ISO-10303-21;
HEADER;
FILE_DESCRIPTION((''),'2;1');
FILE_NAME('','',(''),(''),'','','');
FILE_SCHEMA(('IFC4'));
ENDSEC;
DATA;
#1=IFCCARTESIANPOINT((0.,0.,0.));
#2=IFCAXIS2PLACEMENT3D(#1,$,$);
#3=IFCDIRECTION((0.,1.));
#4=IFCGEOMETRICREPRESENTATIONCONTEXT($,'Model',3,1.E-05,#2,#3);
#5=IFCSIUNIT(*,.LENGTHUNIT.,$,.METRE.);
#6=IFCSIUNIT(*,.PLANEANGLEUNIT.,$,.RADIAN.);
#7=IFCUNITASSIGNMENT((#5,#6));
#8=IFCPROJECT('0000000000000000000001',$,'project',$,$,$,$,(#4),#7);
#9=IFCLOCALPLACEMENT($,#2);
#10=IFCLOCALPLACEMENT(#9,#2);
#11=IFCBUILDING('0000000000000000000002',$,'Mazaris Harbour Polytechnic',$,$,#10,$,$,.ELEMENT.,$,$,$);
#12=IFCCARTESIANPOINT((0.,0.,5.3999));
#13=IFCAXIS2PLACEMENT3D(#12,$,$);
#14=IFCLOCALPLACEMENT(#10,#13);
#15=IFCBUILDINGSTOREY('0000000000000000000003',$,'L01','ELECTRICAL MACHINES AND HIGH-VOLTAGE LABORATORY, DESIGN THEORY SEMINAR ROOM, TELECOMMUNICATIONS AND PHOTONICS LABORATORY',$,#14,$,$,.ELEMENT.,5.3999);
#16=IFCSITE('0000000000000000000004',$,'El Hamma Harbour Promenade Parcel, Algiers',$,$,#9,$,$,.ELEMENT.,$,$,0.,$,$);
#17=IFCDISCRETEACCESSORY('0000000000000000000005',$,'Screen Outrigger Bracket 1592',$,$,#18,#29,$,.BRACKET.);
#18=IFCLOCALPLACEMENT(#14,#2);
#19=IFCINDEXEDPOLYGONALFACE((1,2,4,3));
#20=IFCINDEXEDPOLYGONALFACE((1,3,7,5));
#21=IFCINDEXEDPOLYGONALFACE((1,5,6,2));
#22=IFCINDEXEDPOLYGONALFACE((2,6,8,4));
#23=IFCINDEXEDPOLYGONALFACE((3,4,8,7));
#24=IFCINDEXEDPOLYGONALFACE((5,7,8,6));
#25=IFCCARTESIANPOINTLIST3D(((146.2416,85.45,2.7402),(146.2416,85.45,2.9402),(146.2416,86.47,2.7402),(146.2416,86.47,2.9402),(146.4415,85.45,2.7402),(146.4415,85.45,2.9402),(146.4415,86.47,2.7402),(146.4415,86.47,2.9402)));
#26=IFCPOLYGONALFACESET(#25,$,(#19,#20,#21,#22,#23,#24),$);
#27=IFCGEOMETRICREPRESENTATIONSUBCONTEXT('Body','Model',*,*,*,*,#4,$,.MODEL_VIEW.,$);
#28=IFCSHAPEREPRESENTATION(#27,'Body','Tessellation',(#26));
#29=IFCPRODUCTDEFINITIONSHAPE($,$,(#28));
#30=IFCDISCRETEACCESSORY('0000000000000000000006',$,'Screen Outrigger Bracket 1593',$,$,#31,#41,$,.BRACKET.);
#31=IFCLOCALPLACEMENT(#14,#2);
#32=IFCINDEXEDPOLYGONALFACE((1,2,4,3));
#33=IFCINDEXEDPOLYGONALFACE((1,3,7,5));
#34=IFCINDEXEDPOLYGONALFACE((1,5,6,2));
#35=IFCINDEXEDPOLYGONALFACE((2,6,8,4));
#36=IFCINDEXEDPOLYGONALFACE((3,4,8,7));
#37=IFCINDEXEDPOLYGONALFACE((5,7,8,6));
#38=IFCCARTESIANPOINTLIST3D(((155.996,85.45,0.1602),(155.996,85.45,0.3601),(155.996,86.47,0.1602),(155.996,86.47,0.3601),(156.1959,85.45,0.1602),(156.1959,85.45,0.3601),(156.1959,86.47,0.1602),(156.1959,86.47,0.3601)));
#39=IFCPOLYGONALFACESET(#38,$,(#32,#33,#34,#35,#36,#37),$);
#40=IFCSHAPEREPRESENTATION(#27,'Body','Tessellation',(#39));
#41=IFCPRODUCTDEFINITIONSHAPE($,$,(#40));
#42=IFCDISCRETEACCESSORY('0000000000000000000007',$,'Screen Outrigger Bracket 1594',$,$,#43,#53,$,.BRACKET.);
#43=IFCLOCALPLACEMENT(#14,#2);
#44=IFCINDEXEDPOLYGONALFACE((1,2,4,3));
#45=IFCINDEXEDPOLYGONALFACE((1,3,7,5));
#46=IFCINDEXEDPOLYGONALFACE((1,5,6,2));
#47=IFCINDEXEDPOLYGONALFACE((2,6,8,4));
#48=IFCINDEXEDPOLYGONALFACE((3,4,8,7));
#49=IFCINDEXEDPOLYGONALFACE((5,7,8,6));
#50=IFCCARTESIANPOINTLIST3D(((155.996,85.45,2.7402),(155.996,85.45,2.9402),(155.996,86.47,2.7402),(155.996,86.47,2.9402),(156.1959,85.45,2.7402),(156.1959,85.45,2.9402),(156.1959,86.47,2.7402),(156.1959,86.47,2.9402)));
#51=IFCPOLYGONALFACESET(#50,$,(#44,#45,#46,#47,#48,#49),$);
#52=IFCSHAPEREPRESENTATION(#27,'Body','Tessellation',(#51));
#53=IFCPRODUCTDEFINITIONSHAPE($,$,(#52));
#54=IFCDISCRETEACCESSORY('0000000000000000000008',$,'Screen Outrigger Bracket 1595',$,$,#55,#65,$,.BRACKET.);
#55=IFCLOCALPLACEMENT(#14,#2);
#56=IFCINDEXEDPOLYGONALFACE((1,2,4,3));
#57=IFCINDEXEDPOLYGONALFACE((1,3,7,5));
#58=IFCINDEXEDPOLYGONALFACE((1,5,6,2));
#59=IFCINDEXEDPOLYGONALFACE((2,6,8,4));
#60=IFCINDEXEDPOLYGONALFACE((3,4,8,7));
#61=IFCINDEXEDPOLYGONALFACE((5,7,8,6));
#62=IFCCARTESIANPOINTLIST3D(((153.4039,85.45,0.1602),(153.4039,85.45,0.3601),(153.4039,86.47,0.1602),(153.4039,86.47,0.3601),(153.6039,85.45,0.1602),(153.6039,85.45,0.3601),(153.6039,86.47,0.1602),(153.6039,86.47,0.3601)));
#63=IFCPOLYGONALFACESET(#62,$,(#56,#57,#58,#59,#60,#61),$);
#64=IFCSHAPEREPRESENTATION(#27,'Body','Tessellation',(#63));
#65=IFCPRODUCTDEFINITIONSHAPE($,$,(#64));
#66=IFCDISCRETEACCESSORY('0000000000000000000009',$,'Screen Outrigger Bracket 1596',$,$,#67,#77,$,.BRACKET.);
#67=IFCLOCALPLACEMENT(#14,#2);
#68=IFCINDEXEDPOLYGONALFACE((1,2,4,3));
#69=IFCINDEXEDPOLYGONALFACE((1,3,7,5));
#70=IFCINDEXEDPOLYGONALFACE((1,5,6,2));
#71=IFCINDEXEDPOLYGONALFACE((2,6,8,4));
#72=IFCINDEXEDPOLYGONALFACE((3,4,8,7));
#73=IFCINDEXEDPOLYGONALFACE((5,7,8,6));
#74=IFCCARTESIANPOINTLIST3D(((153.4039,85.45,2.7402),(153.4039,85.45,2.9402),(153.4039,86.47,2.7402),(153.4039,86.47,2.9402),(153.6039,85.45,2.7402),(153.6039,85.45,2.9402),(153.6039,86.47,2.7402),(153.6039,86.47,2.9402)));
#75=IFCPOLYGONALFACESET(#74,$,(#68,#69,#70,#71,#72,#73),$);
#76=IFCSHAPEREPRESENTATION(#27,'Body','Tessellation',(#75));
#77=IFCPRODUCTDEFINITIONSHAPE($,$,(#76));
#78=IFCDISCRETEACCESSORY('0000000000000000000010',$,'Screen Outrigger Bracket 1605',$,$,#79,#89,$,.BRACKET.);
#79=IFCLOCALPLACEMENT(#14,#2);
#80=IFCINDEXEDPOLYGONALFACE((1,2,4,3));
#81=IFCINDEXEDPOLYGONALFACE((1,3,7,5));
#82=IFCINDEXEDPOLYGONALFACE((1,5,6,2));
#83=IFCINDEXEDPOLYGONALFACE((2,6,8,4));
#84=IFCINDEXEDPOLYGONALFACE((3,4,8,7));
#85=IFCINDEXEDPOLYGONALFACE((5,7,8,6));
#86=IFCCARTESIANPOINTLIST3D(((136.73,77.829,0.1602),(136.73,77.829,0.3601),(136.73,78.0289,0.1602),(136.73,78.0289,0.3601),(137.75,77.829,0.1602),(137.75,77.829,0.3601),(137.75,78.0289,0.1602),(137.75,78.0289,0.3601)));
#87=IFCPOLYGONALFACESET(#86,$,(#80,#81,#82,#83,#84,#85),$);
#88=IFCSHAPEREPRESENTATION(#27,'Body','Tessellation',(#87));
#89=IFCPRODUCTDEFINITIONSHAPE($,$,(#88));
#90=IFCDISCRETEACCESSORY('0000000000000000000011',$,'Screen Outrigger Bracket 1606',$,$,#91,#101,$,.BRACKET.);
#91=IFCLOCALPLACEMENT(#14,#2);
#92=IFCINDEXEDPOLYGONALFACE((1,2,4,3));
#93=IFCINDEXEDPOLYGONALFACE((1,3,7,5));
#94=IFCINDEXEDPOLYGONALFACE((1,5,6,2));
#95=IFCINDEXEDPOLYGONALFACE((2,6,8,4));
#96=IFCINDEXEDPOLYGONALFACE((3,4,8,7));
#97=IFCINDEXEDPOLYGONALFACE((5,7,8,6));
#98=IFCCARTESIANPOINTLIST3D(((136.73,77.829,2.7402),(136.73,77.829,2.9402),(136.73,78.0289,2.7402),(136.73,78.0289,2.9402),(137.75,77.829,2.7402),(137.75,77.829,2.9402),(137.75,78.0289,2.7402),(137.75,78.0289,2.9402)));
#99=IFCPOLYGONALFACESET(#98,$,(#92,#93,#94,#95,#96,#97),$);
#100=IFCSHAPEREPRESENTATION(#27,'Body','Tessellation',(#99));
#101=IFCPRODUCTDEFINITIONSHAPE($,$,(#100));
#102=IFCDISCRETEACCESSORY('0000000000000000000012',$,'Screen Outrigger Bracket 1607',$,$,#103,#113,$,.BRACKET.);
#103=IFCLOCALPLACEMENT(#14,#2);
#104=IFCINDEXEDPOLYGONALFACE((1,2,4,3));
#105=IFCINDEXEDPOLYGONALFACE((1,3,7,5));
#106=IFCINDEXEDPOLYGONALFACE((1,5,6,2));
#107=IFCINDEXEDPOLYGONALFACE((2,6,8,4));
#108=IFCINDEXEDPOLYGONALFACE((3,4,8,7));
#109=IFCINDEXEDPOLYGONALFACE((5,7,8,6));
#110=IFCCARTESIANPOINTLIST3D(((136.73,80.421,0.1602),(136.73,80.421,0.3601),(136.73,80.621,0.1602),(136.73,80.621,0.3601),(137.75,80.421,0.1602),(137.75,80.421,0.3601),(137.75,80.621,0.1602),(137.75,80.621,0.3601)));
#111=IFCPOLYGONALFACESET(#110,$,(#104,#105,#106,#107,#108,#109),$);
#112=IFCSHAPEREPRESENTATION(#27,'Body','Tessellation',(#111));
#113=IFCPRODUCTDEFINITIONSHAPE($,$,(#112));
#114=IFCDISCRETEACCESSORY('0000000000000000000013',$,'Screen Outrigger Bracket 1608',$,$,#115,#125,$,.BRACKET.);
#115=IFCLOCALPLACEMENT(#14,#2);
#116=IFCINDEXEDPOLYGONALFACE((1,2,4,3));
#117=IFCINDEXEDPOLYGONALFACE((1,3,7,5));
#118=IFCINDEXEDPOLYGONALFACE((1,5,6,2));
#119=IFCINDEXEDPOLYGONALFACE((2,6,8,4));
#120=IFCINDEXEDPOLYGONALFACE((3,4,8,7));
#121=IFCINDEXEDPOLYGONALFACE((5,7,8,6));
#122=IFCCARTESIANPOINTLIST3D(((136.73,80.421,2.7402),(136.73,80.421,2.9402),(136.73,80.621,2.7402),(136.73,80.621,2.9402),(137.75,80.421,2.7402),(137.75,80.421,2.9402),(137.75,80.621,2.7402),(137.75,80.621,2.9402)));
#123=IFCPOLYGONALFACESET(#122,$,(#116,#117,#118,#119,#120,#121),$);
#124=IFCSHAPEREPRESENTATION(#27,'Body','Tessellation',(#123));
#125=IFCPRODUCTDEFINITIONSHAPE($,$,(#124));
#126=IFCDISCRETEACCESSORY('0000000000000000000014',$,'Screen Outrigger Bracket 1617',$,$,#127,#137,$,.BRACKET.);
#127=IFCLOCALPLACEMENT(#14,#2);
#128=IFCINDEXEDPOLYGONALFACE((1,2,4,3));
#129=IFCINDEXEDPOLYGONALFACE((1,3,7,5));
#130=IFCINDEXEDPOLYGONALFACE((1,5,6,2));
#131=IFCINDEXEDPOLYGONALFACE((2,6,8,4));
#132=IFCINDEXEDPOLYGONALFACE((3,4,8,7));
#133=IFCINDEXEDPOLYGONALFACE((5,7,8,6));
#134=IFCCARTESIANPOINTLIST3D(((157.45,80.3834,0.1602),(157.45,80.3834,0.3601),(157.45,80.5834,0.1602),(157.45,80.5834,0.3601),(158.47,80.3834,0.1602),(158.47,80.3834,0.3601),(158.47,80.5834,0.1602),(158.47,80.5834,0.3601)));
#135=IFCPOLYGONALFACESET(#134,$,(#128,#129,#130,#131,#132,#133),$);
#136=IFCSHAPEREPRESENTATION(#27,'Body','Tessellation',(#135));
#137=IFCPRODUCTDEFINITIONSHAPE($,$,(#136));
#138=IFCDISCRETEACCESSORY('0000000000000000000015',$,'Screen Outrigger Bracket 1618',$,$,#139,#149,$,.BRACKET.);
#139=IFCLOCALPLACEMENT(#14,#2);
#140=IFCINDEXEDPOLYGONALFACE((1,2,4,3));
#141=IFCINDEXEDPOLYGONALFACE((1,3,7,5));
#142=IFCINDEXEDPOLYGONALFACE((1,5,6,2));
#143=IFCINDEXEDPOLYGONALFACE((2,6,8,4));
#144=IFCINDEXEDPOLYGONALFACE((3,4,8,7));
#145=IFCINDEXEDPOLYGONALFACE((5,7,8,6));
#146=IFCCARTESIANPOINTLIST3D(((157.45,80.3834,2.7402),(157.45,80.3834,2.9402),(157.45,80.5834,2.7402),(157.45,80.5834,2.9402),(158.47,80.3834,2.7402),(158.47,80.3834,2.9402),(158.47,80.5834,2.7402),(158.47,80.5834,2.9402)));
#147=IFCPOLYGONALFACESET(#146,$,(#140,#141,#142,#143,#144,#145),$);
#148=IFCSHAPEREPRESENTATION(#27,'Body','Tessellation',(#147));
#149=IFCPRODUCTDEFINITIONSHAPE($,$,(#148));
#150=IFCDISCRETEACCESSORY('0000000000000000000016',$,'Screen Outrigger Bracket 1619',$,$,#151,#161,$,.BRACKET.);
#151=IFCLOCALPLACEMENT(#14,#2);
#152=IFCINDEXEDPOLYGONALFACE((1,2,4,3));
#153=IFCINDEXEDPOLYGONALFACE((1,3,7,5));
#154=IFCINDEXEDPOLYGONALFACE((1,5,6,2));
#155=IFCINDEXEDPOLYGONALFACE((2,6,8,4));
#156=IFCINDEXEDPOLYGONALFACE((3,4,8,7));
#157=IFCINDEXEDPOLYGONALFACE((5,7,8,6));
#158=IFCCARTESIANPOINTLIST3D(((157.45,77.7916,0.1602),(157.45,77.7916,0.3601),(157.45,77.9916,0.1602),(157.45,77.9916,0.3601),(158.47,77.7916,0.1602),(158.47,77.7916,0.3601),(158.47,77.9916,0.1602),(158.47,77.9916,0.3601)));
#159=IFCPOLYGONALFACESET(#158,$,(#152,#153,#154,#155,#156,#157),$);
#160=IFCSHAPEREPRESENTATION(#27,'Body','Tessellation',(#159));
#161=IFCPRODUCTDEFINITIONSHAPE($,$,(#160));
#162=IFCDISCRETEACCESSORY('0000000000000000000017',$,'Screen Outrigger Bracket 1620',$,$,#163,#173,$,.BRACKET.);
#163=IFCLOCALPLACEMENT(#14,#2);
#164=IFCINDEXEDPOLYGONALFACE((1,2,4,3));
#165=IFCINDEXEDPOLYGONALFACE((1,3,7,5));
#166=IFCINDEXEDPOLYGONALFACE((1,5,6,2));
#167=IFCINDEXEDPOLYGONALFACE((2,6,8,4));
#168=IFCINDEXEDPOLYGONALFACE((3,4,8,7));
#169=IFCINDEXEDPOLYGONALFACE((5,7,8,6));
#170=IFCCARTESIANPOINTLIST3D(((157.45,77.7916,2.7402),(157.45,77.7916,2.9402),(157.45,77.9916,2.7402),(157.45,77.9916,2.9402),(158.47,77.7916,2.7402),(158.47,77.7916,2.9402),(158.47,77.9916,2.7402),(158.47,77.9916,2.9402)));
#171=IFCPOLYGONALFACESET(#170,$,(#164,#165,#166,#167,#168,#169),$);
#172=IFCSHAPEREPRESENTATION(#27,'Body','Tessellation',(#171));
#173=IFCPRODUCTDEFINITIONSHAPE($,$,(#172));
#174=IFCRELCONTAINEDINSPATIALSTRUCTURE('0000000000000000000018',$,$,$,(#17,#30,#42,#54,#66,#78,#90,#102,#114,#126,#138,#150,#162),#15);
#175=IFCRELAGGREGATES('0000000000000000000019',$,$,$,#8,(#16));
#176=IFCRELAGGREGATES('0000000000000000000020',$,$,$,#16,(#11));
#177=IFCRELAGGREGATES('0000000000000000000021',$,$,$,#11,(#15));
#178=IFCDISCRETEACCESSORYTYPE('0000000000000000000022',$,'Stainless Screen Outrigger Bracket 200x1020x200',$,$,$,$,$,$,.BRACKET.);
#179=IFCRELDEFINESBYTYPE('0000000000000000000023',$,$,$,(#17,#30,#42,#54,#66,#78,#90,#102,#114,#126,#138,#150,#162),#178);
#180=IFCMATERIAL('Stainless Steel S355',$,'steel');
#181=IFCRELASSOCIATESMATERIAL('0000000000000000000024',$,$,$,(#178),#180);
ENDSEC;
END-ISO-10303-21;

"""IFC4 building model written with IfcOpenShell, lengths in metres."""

from ifc_helpers import new_model, si_unit, direction, frame, origin, origin_2d, place, context, subcontext, project, spatial, rectangle, extrude, material, type_object, element, save


model = new_model("IFC4")

# Units and contexts
model_context = context("Model", 3, precision=1e-05, world=origin(), true_north=direction((0.0, 1.0)))
body_context = subcontext(model_context, "Body", "Model", "MODEL_VIEW")
ifc_project = project(units=[si_unit("LENGTHUNIT", "METRE"), si_unit("PLANEANGLEUNIT", "RADIAN")], contexts=[model_context])

# Site, building, storey
site_placement = place(None, origin())
site = spatial("IfcSite", under=ifc_project, at=site_placement, Name="El Hamma Harbour Promenade Parcel, Algiers", CompositionType="ELEMENT", RefElevation=0.0)
building_placement = place(site_placement, origin())
building = spatial("IfcBuilding", under=site, at=building_placement, Name="Mazaris Harbour Polytechnic", CompositionType="ELEMENT")
storey_placement = place(building_placement, frame((0.0, 0.0, 5.3999)))
storey = spatial("IfcBuildingStorey", under=building, at=storey_placement, Name="L01", Description="ELECTRICAL MACHINES AND HIGH-VOLTAGE LABORATORY, DESIGN THEORY SEMINAR ROOM, TELECOMMUNICATIONS AND PHOTONICS LABORATORY", CompositionType="ELEMENT", Elevation=5.3999)

# Discrete accessories
ifc_material_1 = material(Name="Stainless Steel S355", Category="steel")
discrete_accessory_type = type_object("IfcDiscreteAccessoryType", Name="Stainless Screen Outrigger Bracket 200x1020x200", PredefinedType="BRACKET", material=ifc_material_1)
for number, where, z_axis, x_axis, name in (
    (1, (146.3416, 85.96, 2.7402), (0.0, 0.0, 1.0), (-1.0, 0.0, 0.0), "Screen Outrigger Bracket 1592"),
    (2, (156.0959, 85.96, 0.1602), (0.0, 0.0, 1.0), (-1.0, 0.0, 0.0), "Screen Outrigger Bracket 1593"),
    (3, (156.0959, 85.96, 2.7402), (0.0, 0.0, 1.0), (-1.0, 0.0, 0.0), "Screen Outrigger Bracket 1594"),
    (4, (153.5039, 85.96, 0.1602), (0.0, 0.0, 1.0), (-1.0, 0.0, 0.0), "Screen Outrigger Bracket 1595"),
    (5, (153.5039, 85.96, 2.7402), (0.0, 0.0, 1.0), (-1.0, 0.0, 0.0), "Screen Outrigger Bracket 1596"),
    (6, (137.24, 77.929, 0.1602), (0.0, 0.0, 1.0), (0.0, 1.0, 0.0), "Screen Outrigger Bracket 1605"),
    (7, (137.24, 77.929, 2.7402), (0.0, 0.0, 1.0), (0.0, 1.0, 0.0), "Screen Outrigger Bracket 1606"),
    (8, (137.24, 80.521, 0.1602), (0.0, 0.0, 1.0), (0.0, 1.0, 0.0), "Screen Outrigger Bracket 1607"),
    (9, (137.24, 80.521, 2.7402), (0.0, 0.0, 1.0), (0.0, 1.0, 0.0), "Screen Outrigger Bracket 1608"),
    (10, (157.96, 80.4834, 0.1602), (0.0, 0.0, 1.0), (0.0, -1.0, 0.0), "Screen Outrigger Bracket 1617"),
    (11, (157.96, 80.4834, 2.7402), (0.0, 0.0, 1.0), (0.0, -1.0, 0.0), "Screen Outrigger Bracket 1618"),
    (12, (157.96, 77.8916, 0.1602), (0.0, 0.0, 1.0), (0.0, -1.0, 0.0), "Screen Outrigger Bracket 1619"),
    (13, (157.96, 77.8916, 2.7402), (0.0, 0.0, 1.0), (0.0, -1.0, 0.0), "Screen Outrigger Bracket 1620"),
):
    element("IfcDiscreteAccessory", number, at=place(storey_placement, frame(where, z_axis=z_axis, x_axis=x_axis)), inside=storey, type_object=discrete_accessory_type, Name=name, PredefinedType="BRACKET", context=body_context, shape_type="SweptSolid", body=[
        extrude(rectangle(XDim=0.2, YDim=1.02, at=origin_2d()), origin(), (0.0, 0.0, 1.0), 0.2),
    ])

save(model, "model.ifc")
